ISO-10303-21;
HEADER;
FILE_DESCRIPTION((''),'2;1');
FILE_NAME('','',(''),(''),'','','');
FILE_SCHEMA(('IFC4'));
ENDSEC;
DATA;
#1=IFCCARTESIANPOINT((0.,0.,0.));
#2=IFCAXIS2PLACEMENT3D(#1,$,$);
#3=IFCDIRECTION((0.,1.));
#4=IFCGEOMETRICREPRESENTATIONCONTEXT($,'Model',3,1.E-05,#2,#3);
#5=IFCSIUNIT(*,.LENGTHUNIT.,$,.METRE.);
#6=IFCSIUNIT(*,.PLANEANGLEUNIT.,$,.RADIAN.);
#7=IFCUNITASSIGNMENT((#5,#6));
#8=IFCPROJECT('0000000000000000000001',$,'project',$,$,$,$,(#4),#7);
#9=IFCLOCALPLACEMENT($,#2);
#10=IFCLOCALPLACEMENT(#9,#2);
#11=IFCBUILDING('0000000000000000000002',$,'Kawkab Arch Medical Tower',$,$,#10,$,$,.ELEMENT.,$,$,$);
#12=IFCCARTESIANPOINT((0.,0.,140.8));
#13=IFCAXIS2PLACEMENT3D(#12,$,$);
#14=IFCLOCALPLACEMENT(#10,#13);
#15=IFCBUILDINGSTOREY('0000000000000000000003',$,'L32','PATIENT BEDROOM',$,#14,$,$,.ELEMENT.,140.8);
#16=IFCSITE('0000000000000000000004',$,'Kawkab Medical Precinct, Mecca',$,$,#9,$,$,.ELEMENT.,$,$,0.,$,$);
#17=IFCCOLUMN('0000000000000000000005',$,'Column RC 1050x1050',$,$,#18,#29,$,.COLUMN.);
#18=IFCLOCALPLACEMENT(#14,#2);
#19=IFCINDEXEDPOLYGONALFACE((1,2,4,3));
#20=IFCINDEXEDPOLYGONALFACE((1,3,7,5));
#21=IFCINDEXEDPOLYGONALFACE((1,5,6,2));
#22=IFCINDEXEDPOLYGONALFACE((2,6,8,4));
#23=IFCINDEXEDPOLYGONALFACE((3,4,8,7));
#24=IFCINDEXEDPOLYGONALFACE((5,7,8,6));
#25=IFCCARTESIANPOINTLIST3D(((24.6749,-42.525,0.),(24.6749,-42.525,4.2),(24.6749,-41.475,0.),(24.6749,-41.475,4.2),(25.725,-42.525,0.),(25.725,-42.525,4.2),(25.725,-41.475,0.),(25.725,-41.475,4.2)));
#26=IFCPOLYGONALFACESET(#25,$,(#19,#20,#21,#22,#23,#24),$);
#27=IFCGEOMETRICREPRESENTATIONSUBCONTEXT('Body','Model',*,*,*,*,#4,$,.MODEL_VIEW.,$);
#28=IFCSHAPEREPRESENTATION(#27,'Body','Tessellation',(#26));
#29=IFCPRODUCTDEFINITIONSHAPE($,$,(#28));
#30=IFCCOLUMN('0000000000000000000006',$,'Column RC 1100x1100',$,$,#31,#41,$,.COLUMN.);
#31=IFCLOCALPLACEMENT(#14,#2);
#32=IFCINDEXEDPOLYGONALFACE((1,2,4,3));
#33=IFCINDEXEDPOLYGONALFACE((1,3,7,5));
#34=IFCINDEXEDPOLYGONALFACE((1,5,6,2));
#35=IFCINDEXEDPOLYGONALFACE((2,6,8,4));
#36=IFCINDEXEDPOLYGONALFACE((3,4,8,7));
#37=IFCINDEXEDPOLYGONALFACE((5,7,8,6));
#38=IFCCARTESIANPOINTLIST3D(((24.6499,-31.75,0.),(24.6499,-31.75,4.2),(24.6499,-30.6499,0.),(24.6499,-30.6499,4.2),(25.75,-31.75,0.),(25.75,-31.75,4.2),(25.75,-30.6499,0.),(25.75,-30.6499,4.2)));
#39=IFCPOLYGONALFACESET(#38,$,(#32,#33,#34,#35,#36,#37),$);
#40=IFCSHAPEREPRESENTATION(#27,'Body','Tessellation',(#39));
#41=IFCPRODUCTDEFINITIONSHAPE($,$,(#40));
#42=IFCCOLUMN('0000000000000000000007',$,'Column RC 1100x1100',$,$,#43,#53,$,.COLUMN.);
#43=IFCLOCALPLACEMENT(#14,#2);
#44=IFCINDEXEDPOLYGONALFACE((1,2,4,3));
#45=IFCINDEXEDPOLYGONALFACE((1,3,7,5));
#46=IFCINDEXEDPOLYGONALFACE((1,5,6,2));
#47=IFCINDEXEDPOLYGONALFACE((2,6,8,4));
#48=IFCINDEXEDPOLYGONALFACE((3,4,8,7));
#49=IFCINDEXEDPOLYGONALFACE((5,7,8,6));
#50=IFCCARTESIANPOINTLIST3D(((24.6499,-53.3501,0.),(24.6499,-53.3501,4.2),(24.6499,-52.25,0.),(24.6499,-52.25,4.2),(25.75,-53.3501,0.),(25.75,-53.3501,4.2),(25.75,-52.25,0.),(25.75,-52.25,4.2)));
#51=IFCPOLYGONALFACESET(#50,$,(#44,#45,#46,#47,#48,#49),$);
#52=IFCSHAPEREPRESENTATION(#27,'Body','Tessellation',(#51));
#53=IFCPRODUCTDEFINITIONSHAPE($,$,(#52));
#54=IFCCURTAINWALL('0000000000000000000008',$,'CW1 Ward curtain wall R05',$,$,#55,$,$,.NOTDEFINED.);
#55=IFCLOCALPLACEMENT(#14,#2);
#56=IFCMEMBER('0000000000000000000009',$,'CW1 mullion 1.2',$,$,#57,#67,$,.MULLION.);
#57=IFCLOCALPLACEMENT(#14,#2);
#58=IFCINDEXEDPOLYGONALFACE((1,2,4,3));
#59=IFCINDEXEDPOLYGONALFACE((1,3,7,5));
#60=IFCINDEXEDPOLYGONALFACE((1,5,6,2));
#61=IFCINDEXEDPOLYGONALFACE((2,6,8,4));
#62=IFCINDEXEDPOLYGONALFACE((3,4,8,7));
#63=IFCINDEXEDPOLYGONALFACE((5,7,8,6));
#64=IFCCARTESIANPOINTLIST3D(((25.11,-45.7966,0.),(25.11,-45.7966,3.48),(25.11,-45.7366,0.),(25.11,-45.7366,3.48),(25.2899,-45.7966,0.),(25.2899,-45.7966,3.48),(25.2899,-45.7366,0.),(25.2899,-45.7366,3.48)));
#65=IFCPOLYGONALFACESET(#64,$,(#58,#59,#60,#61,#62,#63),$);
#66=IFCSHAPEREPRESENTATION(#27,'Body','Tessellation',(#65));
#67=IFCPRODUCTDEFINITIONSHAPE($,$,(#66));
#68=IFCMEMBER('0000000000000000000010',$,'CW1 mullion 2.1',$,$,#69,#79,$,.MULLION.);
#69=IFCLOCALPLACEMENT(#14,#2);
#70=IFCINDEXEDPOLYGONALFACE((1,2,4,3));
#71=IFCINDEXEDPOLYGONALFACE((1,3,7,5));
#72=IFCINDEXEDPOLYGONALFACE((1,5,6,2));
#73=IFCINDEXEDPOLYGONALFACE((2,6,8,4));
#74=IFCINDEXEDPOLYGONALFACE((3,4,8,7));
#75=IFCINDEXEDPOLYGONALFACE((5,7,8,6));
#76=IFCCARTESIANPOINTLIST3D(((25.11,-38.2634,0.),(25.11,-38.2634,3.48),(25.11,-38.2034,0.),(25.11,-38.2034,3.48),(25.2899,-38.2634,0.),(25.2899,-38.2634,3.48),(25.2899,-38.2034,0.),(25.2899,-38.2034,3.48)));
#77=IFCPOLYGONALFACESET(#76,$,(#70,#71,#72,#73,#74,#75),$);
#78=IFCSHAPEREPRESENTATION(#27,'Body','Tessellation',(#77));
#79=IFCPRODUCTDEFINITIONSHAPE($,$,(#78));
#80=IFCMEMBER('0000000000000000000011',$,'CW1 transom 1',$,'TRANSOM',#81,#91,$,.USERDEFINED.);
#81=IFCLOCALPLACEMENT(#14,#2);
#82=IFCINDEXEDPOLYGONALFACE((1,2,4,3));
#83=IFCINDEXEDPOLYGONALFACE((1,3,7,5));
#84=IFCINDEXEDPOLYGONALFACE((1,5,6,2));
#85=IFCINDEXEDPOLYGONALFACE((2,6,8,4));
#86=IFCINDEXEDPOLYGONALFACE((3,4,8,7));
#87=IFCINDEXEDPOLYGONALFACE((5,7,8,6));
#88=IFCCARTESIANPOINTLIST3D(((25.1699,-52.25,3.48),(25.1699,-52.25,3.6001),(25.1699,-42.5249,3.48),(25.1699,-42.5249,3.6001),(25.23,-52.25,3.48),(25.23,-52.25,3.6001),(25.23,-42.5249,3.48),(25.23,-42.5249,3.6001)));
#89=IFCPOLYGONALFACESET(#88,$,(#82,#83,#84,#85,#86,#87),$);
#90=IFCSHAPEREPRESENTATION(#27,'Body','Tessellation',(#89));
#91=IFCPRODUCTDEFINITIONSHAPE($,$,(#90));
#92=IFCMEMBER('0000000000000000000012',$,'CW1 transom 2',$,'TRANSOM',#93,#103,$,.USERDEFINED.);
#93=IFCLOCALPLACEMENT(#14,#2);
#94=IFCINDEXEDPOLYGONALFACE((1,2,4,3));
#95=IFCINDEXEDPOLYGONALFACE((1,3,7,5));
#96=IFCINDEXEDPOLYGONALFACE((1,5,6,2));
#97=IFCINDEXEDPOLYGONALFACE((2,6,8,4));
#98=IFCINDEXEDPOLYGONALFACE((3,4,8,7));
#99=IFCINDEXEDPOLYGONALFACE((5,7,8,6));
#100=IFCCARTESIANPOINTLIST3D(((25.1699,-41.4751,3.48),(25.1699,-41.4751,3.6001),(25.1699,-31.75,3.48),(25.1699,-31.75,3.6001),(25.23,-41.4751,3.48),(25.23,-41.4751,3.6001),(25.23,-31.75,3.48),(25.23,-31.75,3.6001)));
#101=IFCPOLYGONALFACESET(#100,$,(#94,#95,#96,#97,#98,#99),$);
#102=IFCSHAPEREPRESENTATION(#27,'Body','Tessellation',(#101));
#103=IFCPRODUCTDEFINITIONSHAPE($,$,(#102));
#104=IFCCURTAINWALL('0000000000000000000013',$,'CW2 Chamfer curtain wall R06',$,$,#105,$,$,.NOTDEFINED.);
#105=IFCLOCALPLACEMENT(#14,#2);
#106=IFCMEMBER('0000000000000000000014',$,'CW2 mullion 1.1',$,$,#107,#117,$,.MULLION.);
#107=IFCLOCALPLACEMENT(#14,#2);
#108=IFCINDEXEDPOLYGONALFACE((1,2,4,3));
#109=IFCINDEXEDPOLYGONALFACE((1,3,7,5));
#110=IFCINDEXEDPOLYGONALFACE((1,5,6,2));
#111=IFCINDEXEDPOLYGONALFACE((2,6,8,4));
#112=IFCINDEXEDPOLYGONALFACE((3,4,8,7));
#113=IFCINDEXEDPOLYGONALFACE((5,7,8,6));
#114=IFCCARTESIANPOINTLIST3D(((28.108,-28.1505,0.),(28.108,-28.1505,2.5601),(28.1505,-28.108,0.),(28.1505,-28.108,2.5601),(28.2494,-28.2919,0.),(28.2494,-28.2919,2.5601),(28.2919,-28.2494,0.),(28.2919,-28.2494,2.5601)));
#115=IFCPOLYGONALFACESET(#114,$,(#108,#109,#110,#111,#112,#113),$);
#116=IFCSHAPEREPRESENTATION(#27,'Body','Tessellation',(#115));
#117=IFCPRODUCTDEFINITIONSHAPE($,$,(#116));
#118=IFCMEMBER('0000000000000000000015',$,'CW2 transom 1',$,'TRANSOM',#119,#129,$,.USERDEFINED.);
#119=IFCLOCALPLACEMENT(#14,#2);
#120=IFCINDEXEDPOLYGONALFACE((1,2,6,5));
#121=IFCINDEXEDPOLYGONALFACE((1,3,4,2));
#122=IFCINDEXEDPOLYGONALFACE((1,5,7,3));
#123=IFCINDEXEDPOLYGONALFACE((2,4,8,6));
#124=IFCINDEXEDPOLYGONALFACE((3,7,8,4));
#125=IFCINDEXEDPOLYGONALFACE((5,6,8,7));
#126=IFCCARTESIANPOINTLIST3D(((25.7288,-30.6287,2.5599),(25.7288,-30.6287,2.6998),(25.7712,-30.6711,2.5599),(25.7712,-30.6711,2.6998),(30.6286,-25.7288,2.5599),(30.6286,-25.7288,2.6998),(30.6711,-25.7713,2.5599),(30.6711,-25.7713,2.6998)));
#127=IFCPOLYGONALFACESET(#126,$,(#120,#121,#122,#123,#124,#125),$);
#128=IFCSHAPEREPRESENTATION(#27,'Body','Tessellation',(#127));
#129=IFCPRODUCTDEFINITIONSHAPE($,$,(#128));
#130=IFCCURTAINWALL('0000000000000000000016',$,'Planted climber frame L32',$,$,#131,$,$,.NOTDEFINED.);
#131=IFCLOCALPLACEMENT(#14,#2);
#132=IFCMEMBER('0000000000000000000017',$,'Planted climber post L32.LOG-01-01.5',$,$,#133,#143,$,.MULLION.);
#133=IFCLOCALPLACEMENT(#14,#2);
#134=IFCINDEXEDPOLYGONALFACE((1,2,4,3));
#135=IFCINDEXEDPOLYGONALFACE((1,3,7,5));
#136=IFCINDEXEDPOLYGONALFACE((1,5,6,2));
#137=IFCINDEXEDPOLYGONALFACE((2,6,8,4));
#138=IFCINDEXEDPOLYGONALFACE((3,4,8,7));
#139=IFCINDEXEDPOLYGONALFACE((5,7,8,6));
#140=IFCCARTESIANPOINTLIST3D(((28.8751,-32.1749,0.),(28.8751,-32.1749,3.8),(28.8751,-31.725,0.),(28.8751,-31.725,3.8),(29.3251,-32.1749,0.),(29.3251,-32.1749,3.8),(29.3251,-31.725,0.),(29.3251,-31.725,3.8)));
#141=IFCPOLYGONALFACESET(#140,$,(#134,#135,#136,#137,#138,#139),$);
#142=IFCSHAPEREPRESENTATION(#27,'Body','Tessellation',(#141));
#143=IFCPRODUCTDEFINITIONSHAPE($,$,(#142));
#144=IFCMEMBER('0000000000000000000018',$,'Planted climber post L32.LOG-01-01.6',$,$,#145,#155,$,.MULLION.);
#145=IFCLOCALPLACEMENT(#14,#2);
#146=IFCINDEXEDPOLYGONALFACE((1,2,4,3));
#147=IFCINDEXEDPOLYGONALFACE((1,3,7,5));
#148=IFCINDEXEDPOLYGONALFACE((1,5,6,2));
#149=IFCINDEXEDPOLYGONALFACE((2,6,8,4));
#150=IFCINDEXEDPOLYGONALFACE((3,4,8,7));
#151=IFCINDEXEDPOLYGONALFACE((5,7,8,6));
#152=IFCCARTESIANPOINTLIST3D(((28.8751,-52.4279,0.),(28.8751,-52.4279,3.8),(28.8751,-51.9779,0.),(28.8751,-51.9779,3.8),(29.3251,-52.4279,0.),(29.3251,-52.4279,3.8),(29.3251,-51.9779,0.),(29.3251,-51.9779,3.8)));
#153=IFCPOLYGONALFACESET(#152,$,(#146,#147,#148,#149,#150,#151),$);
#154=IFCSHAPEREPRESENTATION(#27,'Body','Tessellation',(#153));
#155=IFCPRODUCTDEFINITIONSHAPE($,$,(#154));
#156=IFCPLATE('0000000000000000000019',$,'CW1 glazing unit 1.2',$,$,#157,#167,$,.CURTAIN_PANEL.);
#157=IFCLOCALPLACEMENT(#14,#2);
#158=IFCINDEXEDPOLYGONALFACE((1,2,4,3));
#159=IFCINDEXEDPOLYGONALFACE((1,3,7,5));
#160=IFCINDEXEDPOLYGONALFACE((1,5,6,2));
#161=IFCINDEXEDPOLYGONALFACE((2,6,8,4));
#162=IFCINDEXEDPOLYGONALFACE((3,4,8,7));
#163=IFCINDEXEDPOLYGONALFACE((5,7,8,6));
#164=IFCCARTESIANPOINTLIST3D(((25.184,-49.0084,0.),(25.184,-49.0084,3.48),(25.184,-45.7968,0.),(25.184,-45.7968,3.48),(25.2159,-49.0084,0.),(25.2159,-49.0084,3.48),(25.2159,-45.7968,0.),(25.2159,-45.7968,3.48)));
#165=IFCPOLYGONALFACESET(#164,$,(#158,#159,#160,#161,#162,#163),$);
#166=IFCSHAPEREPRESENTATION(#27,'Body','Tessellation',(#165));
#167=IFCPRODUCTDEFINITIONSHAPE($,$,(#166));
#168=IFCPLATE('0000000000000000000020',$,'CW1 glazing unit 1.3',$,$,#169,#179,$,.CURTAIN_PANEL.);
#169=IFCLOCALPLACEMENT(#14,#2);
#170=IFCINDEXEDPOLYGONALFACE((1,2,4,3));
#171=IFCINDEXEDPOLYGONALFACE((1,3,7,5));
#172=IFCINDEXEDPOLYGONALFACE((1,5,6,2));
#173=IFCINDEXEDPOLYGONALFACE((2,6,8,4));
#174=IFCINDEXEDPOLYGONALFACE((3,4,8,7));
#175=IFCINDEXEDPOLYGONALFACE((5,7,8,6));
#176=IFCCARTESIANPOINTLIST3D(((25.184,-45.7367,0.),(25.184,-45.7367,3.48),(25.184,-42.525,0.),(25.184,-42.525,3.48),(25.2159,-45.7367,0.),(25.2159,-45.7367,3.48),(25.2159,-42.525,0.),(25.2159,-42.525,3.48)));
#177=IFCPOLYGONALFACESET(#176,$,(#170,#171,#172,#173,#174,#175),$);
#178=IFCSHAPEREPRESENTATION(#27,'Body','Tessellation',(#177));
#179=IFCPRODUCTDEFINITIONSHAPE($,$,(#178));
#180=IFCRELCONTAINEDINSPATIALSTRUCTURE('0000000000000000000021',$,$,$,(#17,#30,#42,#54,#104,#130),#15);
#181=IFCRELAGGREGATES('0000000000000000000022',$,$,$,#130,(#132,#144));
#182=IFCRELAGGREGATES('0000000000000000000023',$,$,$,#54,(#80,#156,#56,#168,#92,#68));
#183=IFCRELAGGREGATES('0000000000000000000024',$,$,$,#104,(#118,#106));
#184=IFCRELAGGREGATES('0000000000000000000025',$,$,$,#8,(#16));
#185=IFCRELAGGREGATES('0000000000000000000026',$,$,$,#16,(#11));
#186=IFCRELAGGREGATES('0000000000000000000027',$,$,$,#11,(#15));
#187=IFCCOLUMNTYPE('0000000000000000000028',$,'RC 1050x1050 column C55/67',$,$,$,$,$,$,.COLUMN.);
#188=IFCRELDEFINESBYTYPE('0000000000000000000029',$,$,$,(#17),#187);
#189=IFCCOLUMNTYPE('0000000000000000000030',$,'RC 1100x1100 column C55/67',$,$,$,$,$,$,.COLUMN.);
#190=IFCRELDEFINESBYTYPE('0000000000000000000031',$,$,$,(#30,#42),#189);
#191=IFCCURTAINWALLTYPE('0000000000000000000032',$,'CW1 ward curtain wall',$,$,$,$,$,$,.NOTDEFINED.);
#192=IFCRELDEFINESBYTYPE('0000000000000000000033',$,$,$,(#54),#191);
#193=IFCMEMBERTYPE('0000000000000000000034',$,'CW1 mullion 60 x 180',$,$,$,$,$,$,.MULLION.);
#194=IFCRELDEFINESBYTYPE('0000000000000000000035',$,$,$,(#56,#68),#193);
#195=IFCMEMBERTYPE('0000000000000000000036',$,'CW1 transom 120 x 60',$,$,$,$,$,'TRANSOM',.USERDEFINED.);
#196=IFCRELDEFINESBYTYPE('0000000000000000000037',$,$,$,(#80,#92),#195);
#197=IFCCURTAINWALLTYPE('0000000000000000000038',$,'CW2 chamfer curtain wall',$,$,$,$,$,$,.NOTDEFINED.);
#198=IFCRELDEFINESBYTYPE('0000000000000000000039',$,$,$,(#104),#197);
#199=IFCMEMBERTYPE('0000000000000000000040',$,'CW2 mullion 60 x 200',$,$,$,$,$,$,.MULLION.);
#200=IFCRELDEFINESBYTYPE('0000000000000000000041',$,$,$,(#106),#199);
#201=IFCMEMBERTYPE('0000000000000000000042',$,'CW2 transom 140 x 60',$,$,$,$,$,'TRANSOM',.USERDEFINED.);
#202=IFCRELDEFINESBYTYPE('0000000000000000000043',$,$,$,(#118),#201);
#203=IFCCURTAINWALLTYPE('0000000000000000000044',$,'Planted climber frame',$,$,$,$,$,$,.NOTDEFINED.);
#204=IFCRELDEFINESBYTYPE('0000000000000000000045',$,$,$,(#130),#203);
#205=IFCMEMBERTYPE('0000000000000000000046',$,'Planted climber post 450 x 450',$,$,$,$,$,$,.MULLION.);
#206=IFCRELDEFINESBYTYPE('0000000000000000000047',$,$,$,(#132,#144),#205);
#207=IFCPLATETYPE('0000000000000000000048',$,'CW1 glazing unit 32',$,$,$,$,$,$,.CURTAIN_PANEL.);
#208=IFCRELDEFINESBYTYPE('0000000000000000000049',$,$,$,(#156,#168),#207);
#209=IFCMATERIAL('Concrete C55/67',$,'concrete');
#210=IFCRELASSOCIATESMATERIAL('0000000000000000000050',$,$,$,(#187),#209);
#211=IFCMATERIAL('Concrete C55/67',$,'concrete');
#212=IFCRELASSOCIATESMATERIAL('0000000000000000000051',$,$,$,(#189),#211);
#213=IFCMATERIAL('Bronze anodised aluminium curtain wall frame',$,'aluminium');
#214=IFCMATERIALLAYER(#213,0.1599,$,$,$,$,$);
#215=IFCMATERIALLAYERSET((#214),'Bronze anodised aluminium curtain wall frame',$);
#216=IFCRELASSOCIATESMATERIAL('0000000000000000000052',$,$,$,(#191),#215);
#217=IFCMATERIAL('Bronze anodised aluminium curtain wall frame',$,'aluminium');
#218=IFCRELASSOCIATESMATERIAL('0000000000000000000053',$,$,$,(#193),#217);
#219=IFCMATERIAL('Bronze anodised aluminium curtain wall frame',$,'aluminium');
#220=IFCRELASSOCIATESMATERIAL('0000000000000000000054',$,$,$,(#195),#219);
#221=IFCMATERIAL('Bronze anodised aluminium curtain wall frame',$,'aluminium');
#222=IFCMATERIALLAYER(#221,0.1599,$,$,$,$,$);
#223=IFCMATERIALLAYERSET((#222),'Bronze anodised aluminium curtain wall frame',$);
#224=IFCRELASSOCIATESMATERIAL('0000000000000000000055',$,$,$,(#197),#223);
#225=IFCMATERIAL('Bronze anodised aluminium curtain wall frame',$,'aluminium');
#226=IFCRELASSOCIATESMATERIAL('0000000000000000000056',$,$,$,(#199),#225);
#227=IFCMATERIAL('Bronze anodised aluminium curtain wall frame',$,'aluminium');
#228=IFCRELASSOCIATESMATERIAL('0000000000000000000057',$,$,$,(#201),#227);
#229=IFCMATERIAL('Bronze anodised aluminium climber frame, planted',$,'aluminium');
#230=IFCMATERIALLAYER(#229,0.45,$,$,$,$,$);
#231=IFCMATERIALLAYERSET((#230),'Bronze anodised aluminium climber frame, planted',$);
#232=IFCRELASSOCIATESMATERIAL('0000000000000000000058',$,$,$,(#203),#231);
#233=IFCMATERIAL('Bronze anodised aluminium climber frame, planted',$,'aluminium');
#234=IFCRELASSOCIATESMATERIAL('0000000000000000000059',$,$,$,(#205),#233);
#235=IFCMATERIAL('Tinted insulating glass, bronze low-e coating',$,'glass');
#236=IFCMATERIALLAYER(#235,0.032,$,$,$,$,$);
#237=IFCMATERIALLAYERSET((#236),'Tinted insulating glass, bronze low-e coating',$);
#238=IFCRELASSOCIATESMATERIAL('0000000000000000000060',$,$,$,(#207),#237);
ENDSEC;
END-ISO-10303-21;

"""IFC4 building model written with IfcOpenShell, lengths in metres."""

from ifc_helpers import new_model, si_unit, direction, frame, origin, origin_2d, place, context, subcontext, project, spatial, rectangle, extrude, material, layer, layer_set, material_profile, profile_set, type_object, element, aggregate, save


model = new_model("IFC4")

# Units and contexts
model_context = context("Model", 3, precision=1e-05, world=origin(), true_north=direction((0.0, 1.0)))
body_context = subcontext(model_context, "Body", "Model", "MODEL_VIEW")
ifc_project = project(units=[si_unit("LENGTHUNIT", "METRE"), si_unit("PLANEANGLEUNIT", "RADIAN")], contexts=[model_context])

# Site, building, storey
site_placement = place(None, origin())
site = spatial("IfcSite", under=ifc_project, at=site_placement, Name="Kawkab Medical Precinct, Mecca", CompositionType="ELEMENT", RefElevation=0.0)
building_placement = place(site_placement, origin())
building = spatial("IfcBuilding", under=site, at=building_placement, Name="Kawkab Arch Medical Tower", CompositionType="ELEMENT")
storey_placement = place(building_placement, frame((0.0, 0.0, 140.8)))
storey = spatial("IfcBuildingStorey", under=building, at=storey_placement, Name="L32", Description="PATIENT BEDROOM", CompositionType="ELEMENT", Elevation=140.8)

# Columns
ifc_material_1 = material(Name="Concrete C55/67", Category="concrete")
ifc_material_profile_1 = material_profile(ifc_material_1, rectangle(XDim=1.05, YDim=1.05, at=origin_2d()), Name="RC 1050x1050")
ifc_profile_set_1 = profile_set([ifc_material_profile_1], Name="Concrete C55/67")
column_type_1 = type_object("IfcColumnType", Name="RC 1050x1050 column C55/67", PredefinedType="COLUMN", material=ifc_profile_set_1)
column_placement = place(storey_placement, frame((25.2, -42.0, 0.0), z_axis=(0.0, 0.0, 1.0), x_axis=(1.0, 0.0, 0.0)))
element("IfcColumn", 1, at=column_placement, inside=storey, type_object=column_type_1, Name="Column RC 1050x1050", PredefinedType="COLUMN", context=body_context, shape_type="SweptSolid", body=[
    extrude(rectangle(XDim=1.05, YDim=1.05, at=origin_2d()), origin(), (0.0, 0.0, 1.0), 4.2),
])
ifc_material_2 = material(Name="Concrete C55/67", Category="concrete")
ifc_material_profile_2 = material_profile(ifc_material_2, rectangle(XDim=1.1001, YDim=1.1001, at=origin_2d()), Name="RC 1100x1100")
ifc_profile_set_2 = profile_set([ifc_material_profile_2], Name="Concrete C55/67")
column_type_2 = type_object("IfcColumnType", Name="RC 1100x1100 column C55/67", PredefinedType="COLUMN", material=ifc_profile_set_2)
for number, where, z_axis, x_axis, name in (
    (2, (25.2, -31.2, 0.0), (0.0, 0.0, 1.0), (1.0, 0.0, 0.0), "Column RC 1100x1100"),
    (3, (25.2, -52.8, 0.0), (0.0, 0.0, 1.0), (1.0, 0.0, 0.0), "Column RC 1100x1100"),
):
    element("IfcColumn", number, at=place(storey_placement, frame(where, z_axis=z_axis, x_axis=x_axis)), inside=storey, type_object=column_type_2, Name=name, PredefinedType="COLUMN", context=body_context, shape_type="SweptSolid", body=[
        extrude(rectangle(XDim=1.1001, YDim=1.1001, at=origin_2d()), origin(), (0.0, 0.0, 1.0), 4.2),
    ])

# Curtain walls, members
ifc_material_3 = material(Name="Bronze anodised aluminium curtain wall frame", Category="aluminium")
ifc_layer_1 = layer(ifc_material_3, 0.1599)
ifc_layer_set_1 = layer_set([ifc_layer_1], Name="Bronze anodised aluminium curtain wall frame")
curtain_wall_type_1 = type_object("IfcCurtainWallType", Name="CW1 ward curtain wall", PredefinedType="NOTDEFINED", material=ifc_layer_set_1)
placement = place(storey_placement, origin())
curtain_wall_1 = element("IfcCurtainWall", 4, at=placement, inside=storey, type_object=curtain_wall_type_1, Name="CW1 Ward curtain wall R05", PredefinedType="NOTDEFINED")
ifc_material_4 = material(Name="Bronze anodised aluminium curtain wall frame", Category="aluminium")
ifc_material_profile_3 = material_profile(ifc_material_4, rectangle(XDim=0.1799, YDim=0.0601, at=origin_2d()), Name="AL 60x180")
ifc_profile_set_3 = profile_set([ifc_material_profile_3], Name="Bronze anodised aluminium curtain wall frame")
member_type_1 = type_object("IfcMemberType", Name="CW1 mullion 60 x 180", PredefinedType="MULLION", material=ifc_profile_set_3)
member_1_placement = place(storey_placement, frame((25.2, -45.7666, 0.0), z_axis=(0.0, 0.0, 1.0), x_axis=(-1.0, 0.0, 0.0)))
member_1 = element("IfcMember", 5, at=member_1_placement, type_object=member_type_1, Name="CW1 mullion 1.2", PredefinedType="MULLION", context=body_context, shape_type="SweptSolid", body=[
    extrude(rectangle(XDim=0.1799, YDim=0.0601, at=origin_2d()), origin(), (0.0, 0.0, 1.0), 3.48),
])
member_2_placement = place(storey_placement, frame((25.2, -38.2334, 0.0), z_axis=(0.0, 0.0, 1.0), x_axis=(-1.0, 0.0, 0.0)))
member_2 = element("IfcMember", 6, at=member_2_placement, type_object=member_type_1, Name="CW1 mullion 2.1", PredefinedType="MULLION", context=body_context, shape_type="SweptSolid", body=[
    extrude(rectangle(XDim=0.1799, YDim=0.0601, at=origin_2d()), origin(), (0.0, 0.0, 1.0), 3.48),
])
ifc_material_5 = material(Name="Bronze anodised aluminium curtain wall frame", Category="aluminium")
ifc_material_profile_4 = material_profile(ifc_material_5, rectangle(XDim=0.0601, YDim=0.1201, at=origin_2d()), Name="AL 60x120")
ifc_profile_set_4 = profile_set([ifc_material_profile_4], Name="Bronze anodised aluminium curtain wall frame")
member_type_2 = type_object("IfcMemberType", Name="CW1 transom 120 x 60", ElementType="TRANSOM", PredefinedType="USERDEFINED", material=ifc_profile_set_4)
member_3_placement = place(storey_placement, frame((25.2, -52.25, 3.54), z_axis=(0.0, 1.0, 0.0), x_axis=(-1.0, 0.0, 0.0)))
member_3 = element("IfcMember", 7, at=member_3_placement, type_object=member_type_2, Name="CW1 transom 1", ObjectType="TRANSOM", PredefinedType="USERDEFINED", context=body_context, shape_type="SweptSolid", body=[
    extrude(rectangle(XDim=0.0601, YDim=0.1201, at=origin_2d()), origin(), (0.0, 0.0, 1.0), 9.7251),
])
member_4_placement = place(storey_placement, frame((25.2, -41.4751, 3.54), z_axis=(0.0, 1.0, 0.0), x_axis=(-1.0, 0.0, 0.0)))
member_4 = element("IfcMember", 8, at=member_4_placement, type_object=member_type_2, Name="CW1 transom 2", ObjectType="TRANSOM", PredefinedType="USERDEFINED", context=body_context, shape_type="SweptSolid", body=[
    extrude(rectangle(XDim=0.0601, YDim=0.1201, at=origin_2d()), origin(), (0.0, 0.0, 1.0), 9.7251),
])
ifc_material_6 = material(Name="Bronze anodised aluminium curtain wall frame", Category="aluminium")
ifc_layer_2 = layer(ifc_material_6, 0.1599)
ifc_layer_set_2 = layer_set([ifc_layer_2], Name="Bronze anodised aluminium curtain wall frame")
curtain_wall_type_2 = type_object("IfcCurtainWallType", Name="CW2 chamfer curtain wall", PredefinedType="NOTDEFINED", material=ifc_layer_set_2)
curtain_wall_2 = element("IfcCurtainWall", 9, at=placement, inside=storey, type_object=curtain_wall_type_2, Name="CW2 Chamfer curtain wall R06", PredefinedType="NOTDEFINED")
ifc_material_7 = material(Name="Bronze anodised aluminium curtain wall frame", Category="aluminium")
ifc_material_profile_5 = material_profile(ifc_material_7, rectangle(XDim=0.2, YDim=0.0601, at=origin_2d()), Name="AL 60x200")
ifc_profile_set_5 = profile_set([ifc_material_profile_5], Name="Bronze anodised aluminium curtain wall frame")
member_type_3 = type_object("IfcMemberType", Name="CW2 mullion 60 x 200", PredefinedType="MULLION", material=ifc_profile_set_5)
member_5_placement = place(storey_placement, frame((28.2, -28.2, 0.0), z_axis=(0.0, 0.0, 1.0), x_axis=(-0.707107, 0.707107, 0.0)))
member_5 = element("IfcMember", 10, at=member_5_placement, type_object=member_type_3, Name="CW2 mullion 1.1", PredefinedType="MULLION", context=body_context, shape_type="SweptSolid", body=[
    extrude(rectangle(XDim=0.2, YDim=0.0601, at=origin_2d()), origin(), (0.0, 0.0, 1.0), 2.5601),
])
ifc_material_8 = material(Name="Bronze anodised aluminium curtain wall frame", Category="aluminium")
ifc_material_profile_6 = material_profile(ifc_material_8, rectangle(XDim=0.0601, YDim=0.1399, at=origin_2d()), Name="AL 60x140")
ifc_profile_set_6 = profile_set([ifc_material_profile_6], Name="Bronze anodised aluminium curtain wall frame")
member_type_4 = type_object("IfcMemberType", Name="CW2 transom 140 x 60", ElementType="TRANSOM", PredefinedType="USERDEFINED", material=ifc_profile_set_6)
member_6_placement = place(storey_placement, frame((25.75, -30.6499, 2.6299), z_axis=(0.707107, 0.707107, 0.0), x_axis=(-0.707107, 0.707107, 0.0)))
member_6 = element("IfcMember", 11, at=member_6_placement, type_object=member_type_4, Name="CW2 transom 1", ObjectType="TRANSOM", PredefinedType="USERDEFINED", context=body_context, shape_type="SweptSolid", body=[
    extrude(rectangle(XDim=0.0601, YDim=0.1399, at=origin_2d()), origin(), (0.0, 0.0, 1.0), 6.9294),
])
ifc_material_9 = material(Name="Bronze anodised aluminium climber frame, planted", Category="aluminium")
ifc_layer_3 = layer(ifc_material_9, 0.45)
ifc_layer_set_3 = layer_set([ifc_layer_3], Name="Bronze anodised aluminium climber frame, planted")
curtain_wall_type_3 = type_object("IfcCurtainWallType", Name="Planted climber frame", PredefinedType="NOTDEFINED", material=ifc_layer_set_3)
curtain_wall_3 = element("IfcCurtainWall", 12, at=placement, inside=storey, type_object=curtain_wall_type_3, Name="Planted climber frame L32", PredefinedType="NOTDEFINED")
ifc_material_10 = material(Name="Bronze anodised aluminium climber frame, planted", Category="aluminium")
ifc_material_profile_7 = material_profile(ifc_material_10, rectangle(XDim=0.45, YDim=0.45, at=origin_2d()), Name="Post 450x450")
ifc_profile_set_7 = profile_set([ifc_material_profile_7], Name="Bronze anodised aluminium climber frame, planted")
member_type_5 = type_object("IfcMemberType", Name="Planted climber post 450 x 450", PredefinedType="MULLION", material=ifc_profile_set_7)
member_7_placement = place(storey_placement, frame((29.1001, -31.95, 0.0), z_axis=(0.0, 0.0, 1.0), x_axis=(1.0, 0.0, 0.0)))
member_7 = element("IfcMember", 13, at=member_7_placement, type_object=member_type_5, Name="Planted climber post L32.LOG-01-01.5", PredefinedType="MULLION", context=body_context, shape_type="SweptSolid", body=[
    extrude(rectangle(XDim=0.45, YDim=0.45, at=origin_2d()), origin(), (0.0, 0.0, 1.0), 3.8),
])
member_8_placement = place(storey_placement, frame((29.1001, -52.2029, 0.0), z_axis=(0.0, 0.0, 1.0), x_axis=(1.0, 0.0, 0.0)))
member_8 = element("IfcMember", 14, at=member_8_placement, type_object=member_type_5, Name="Planted climber post L32.LOG-01-01.6", PredefinedType="MULLION", context=body_context, shape_type="SweptSolid", body=[
    extrude(rectangle(XDim=0.45, YDim=0.45, at=origin_2d()), origin(), (0.0, 0.0, 1.0), 3.8),
])
aggregate(curtain_wall_3, [member_7, member_8])

# Plates
ifc_material_11 = material(Name="Tinted insulating glass, bronze low-e coating", Category="glass")
ifc_layer_4 = layer(ifc_material_11, 0.032)
ifc_layer_set_4 = layer_set([ifc_layer_4], Name="Tinted insulating glass, bronze low-e coating")
plate_type_1 = type_object("IfcPlateType", Name="CW1 glazing unit 32", PredefinedType="CURTAIN_PANEL", material=ifc_layer_set_4)
plate_1_placement = place(storey_placement, frame((25.2, -47.4026, 0.0), z_axis=(0.0, 0.0, 1.0), x_axis=(0.0, 1.0, 0.0)))
plate_1 = element("IfcPlate", 15, at=plate_1_placement, type_object=plate_type_1, Name="CW1 glazing unit 1.2", PredefinedType="CURTAIN_PANEL", context=body_context, shape_type="SweptSolid", body=[
    extrude(rectangle(XDim=3.2117, YDim=0.032, at=origin_2d()), origin(), (0.0, 0.0, 1.0), 3.48),
])
plate_2_placement = place(storey_placement, frame((25.2, -44.1309, 0.0), z_axis=(0.0, 0.0, 1.0), x_axis=(0.0, 1.0, 0.0)))
plate_2 = element("IfcPlate", 16, at=plate_2_placement, type_object=plate_type_1, Name="CW1 glazing unit 1.3", PredefinedType="CURTAIN_PANEL", context=body_context, shape_type="SweptSolid", body=[
    extrude(rectangle(XDim=3.2117, YDim=0.032, at=origin_2d()), origin(), (0.0, 0.0, 1.0), 3.48),
])
aggregate(curtain_wall_1, [member_3, plate_1, member_1, plate_2, member_4, member_2])
aggregate(curtain_wall_2, [member_6, member_5])

save(model, "model.ifc")
